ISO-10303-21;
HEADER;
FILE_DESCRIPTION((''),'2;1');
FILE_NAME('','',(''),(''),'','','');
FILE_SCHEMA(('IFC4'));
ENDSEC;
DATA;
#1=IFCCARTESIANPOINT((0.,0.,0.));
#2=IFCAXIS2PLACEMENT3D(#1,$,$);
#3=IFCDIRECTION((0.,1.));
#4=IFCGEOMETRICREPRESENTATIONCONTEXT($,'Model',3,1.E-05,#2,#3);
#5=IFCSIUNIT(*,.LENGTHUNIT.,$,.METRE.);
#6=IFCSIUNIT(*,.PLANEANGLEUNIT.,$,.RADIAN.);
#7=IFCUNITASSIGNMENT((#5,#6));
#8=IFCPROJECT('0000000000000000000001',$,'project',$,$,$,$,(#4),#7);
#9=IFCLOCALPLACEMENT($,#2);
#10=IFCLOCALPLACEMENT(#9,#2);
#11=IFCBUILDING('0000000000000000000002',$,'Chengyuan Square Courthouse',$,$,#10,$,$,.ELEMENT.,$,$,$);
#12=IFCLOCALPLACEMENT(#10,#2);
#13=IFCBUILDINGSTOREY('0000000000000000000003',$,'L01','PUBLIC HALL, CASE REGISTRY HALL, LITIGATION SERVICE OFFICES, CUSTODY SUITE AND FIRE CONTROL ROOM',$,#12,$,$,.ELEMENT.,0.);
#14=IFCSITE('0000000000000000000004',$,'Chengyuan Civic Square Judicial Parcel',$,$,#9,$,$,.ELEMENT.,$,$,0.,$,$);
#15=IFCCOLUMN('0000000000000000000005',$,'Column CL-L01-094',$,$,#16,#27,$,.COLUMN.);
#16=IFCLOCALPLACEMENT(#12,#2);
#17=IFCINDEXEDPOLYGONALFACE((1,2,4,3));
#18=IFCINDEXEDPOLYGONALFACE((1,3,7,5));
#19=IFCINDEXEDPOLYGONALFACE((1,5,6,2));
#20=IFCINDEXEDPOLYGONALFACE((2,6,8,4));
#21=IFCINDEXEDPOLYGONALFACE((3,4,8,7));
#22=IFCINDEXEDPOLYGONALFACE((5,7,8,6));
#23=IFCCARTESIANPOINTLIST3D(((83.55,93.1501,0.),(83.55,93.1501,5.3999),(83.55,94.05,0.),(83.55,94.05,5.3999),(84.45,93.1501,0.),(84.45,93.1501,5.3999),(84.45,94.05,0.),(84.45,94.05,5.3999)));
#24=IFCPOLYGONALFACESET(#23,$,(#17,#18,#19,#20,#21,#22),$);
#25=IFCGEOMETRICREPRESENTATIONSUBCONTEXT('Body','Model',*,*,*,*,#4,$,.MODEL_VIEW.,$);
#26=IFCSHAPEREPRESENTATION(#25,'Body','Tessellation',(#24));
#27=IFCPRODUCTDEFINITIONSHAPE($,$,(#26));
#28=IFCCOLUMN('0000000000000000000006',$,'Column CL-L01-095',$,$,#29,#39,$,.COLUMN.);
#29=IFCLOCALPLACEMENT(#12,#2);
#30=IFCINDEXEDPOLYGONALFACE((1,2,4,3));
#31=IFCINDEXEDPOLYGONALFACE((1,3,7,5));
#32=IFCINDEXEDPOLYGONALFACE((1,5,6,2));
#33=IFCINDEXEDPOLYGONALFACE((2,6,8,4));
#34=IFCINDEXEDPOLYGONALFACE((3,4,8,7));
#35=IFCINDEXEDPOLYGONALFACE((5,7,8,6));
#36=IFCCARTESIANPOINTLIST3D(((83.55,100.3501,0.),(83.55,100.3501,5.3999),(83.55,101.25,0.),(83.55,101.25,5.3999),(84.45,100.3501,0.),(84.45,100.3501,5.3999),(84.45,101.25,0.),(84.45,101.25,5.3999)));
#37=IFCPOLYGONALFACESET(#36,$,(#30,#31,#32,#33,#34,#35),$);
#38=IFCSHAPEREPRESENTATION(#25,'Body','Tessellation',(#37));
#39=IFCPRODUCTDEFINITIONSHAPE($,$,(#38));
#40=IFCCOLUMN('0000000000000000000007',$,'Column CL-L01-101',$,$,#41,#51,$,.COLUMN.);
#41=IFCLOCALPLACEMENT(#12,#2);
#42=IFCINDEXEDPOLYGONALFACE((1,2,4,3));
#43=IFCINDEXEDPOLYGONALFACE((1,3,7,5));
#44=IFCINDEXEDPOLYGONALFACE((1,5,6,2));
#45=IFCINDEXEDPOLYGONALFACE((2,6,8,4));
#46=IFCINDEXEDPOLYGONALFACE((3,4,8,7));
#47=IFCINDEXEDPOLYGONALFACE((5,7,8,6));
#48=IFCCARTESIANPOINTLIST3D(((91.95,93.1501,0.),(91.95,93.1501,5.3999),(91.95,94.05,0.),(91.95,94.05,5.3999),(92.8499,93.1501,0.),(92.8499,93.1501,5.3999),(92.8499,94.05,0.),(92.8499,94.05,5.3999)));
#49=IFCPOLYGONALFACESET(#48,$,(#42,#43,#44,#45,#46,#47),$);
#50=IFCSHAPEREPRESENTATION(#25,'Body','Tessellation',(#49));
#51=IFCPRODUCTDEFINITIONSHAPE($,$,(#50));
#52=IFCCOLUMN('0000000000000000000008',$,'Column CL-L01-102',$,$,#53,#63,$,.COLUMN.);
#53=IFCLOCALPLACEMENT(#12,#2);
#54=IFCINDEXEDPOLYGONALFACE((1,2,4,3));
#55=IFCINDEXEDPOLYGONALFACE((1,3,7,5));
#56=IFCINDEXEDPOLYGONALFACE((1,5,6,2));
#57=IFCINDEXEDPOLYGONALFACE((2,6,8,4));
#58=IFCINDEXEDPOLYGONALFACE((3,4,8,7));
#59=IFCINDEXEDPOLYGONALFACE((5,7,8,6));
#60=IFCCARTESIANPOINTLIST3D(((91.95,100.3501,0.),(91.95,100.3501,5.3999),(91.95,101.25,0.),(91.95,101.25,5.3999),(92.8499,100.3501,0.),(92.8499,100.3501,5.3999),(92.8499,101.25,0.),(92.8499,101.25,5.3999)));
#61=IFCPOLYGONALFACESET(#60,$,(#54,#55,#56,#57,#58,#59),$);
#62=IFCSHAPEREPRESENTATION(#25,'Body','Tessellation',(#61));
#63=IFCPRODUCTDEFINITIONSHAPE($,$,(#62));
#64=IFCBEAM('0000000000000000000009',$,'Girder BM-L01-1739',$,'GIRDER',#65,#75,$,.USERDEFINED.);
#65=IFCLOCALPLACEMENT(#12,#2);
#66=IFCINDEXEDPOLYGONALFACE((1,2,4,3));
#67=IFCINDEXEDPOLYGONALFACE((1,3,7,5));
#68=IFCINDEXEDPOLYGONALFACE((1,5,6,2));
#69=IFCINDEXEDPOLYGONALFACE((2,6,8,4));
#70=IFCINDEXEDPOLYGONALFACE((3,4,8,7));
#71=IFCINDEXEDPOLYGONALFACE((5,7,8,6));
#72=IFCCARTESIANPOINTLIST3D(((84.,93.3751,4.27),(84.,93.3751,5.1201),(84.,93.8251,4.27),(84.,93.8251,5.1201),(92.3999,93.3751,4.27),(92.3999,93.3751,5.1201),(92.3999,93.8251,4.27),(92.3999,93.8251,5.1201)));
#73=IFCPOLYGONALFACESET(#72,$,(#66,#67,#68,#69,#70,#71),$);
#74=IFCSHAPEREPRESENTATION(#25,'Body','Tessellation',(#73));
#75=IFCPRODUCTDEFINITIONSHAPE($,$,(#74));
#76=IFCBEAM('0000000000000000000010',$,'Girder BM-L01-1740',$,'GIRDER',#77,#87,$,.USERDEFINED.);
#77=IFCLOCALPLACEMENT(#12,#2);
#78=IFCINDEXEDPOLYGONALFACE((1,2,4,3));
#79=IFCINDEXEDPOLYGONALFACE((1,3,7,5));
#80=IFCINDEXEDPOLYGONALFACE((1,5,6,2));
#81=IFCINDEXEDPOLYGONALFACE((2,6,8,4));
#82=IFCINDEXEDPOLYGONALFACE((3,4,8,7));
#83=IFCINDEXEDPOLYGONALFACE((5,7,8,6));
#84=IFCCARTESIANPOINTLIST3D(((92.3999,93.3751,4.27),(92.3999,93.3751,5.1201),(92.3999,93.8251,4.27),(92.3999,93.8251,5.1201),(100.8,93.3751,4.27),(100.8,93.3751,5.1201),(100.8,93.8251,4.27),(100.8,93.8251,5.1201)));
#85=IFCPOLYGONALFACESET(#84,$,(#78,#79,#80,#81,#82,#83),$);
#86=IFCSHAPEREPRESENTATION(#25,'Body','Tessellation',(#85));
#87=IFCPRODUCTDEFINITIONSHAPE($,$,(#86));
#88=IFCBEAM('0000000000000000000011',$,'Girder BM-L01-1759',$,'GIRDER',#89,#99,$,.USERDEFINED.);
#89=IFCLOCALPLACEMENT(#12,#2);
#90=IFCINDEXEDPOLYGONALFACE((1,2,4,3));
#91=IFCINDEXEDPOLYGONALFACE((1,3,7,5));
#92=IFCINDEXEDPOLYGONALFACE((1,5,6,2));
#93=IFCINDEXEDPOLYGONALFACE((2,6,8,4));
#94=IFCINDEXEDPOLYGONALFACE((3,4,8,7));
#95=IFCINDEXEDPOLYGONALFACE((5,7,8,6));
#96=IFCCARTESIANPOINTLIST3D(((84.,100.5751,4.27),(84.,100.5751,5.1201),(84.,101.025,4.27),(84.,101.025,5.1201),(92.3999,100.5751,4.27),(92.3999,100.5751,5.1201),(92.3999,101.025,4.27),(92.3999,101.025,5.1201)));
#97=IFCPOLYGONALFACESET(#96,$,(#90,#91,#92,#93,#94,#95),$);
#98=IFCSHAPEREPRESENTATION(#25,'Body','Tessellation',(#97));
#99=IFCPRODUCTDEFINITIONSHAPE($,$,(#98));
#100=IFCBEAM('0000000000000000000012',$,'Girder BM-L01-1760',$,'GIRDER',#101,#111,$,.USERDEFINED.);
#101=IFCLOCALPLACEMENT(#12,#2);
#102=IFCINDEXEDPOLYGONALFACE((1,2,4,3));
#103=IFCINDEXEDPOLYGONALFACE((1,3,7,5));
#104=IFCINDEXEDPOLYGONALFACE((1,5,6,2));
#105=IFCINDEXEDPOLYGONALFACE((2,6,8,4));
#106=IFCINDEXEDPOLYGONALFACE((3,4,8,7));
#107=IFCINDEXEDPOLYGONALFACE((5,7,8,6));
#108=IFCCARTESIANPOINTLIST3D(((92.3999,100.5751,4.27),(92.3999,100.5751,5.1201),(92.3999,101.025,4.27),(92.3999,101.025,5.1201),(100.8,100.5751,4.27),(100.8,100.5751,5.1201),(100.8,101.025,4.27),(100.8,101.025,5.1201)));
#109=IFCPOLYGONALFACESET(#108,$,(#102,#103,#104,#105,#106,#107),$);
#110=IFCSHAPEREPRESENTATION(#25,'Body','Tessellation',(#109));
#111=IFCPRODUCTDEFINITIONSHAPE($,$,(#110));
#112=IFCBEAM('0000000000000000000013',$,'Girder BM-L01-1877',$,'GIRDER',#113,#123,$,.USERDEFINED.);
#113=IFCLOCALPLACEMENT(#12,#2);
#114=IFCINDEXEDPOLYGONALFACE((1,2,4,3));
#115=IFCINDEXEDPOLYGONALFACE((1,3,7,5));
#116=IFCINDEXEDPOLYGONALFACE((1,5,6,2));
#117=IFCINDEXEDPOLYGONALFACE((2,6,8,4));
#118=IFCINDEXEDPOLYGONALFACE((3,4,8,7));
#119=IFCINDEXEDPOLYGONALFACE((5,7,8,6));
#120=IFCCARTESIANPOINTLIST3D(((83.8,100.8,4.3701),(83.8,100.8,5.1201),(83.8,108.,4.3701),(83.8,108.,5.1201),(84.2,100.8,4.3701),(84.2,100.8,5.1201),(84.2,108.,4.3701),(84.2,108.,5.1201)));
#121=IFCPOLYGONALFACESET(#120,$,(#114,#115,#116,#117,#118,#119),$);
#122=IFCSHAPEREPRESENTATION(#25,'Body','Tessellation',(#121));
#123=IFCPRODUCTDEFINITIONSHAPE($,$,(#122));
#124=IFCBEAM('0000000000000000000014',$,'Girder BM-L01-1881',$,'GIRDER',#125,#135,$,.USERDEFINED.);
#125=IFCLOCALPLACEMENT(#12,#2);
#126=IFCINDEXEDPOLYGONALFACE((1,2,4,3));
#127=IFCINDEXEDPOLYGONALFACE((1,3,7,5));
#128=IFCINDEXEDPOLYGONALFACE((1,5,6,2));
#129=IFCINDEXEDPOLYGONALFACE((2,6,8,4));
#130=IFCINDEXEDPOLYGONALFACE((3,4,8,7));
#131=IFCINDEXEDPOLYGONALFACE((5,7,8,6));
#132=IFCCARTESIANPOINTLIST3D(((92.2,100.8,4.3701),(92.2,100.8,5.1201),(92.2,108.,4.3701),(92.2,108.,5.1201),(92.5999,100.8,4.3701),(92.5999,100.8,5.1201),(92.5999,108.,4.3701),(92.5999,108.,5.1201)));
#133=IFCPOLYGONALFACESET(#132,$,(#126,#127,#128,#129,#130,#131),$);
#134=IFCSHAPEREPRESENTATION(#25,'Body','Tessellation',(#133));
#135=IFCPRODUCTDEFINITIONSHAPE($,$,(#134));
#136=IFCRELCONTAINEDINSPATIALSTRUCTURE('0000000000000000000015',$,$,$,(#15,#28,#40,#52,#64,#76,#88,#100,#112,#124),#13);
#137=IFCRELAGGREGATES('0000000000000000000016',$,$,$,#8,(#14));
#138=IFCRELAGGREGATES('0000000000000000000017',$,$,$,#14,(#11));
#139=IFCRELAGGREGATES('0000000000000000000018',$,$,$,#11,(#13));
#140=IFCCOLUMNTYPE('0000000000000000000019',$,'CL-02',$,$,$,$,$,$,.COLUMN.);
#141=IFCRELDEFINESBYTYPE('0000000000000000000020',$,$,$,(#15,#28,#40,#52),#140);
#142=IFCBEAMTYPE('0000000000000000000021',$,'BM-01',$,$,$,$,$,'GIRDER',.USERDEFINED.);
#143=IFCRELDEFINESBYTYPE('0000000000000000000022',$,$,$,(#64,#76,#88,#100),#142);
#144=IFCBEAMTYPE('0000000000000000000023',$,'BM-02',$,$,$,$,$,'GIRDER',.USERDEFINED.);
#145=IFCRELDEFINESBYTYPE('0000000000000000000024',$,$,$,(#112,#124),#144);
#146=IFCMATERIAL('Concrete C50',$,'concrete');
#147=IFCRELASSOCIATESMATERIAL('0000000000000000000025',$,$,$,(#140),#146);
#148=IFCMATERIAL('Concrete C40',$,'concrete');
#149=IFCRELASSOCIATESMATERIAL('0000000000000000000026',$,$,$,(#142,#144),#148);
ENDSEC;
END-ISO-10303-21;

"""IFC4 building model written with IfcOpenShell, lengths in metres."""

from ifc_helpers import new_model, si_unit, direction, frame, origin, origin_2d, place, context, subcontext, project, spatial, rectangle, extrude, material, material_profile, profile_set, type_object, element, save


model = new_model("IFC4")

# Units and contexts
model_context = context("Model", 3, precision=1e-05, world=origin(), true_north=direction((0.0, 1.0)))
body_context = subcontext(model_context, "Body", "Model", "MODEL_VIEW")
ifc_project = project(units=[si_unit("LENGTHUNIT", "METRE"), si_unit("PLANEANGLEUNIT", "RADIAN")], contexts=[model_context])

# Site, building, storey
site_placement = place(None, origin())
site = spatial("IfcSite", under=ifc_project, at=site_placement, Name="Chengyuan Civic Square Judicial Parcel", CompositionType="ELEMENT", RefElevation=0.0)
building_placement = place(site_placement, origin())
building = spatial("IfcBuilding", under=site, at=building_placement, Name="Chengyuan Square Courthouse", CompositionType="ELEMENT")
storey_placement = place(building_placement, origin())
storey = spatial("IfcBuildingStorey", under=building, at=storey_placement, Name="L01", Description="PUBLIC HALL, CASE REGISTRY HALL, LITIGATION SERVICE OFFICES, CUSTODY SUITE AND FIRE CONTROL ROOM", CompositionType="ELEMENT", Elevation=0.0)

# Columns
ifc_material_1 = material(Name="Concrete C50", Category="concrete")
ifc_material_profile_1 = material_profile(ifc_material_1, rectangle(XDim=0.8999, YDim=0.8999, at=origin_2d()), Name="RC-COL-900x900")
ifc_profile_set_1 = profile_set([ifc_material_profile_1], Name="Concrete C50")
column_type = type_object("IfcColumnType", Name="CL-02", PredefinedType="COLUMN", material=ifc_profile_set_1)
for number, where, z_axis, x_axis, name in (
    (1, (84.0, 93.6001, 0.0), (0.0, 0.0, 1.0), (1.0, 0.0, 0.0), "Column CL-L01-094"),
    (2, (84.0, 100.8, 0.0), (0.0, 0.0, 1.0), (1.0, 0.0, 0.0), "Column CL-L01-095"),
    (3, (92.3999, 93.6001, 0.0), (0.0, 0.0, 1.0), (1.0, 0.0, 0.0), "Column CL-L01-101"),
    (4, (92.3999, 100.8, 0.0), (0.0, 0.0, 1.0), (1.0, 0.0, 0.0), "Column CL-L01-102"),
):
    element("IfcColumn", number, at=place(storey_placement, frame(where, z_axis=z_axis, x_axis=x_axis)), inside=storey, type_object=column_type, Name=name, PredefinedType="COLUMN", context=body_context, shape_type="SweptSolid", body=[
        extrude(rectangle(XDim=0.8999, YDim=0.8999, at=origin_2d()), origin(), (0.0, 0.0, 1.0), 5.3999),
    ])

# Beams
ifc_material_2 = material(Name="Concrete C40", Category="concrete")
ifc_material_profile_2 = material_profile(ifc_material_2, rectangle(XDim=0.45, YDim=0.8501, at=origin_2d()), Name="RC-BM-450x850")
ifc_profile_set_2 = profile_set([ifc_material_profile_2], Name="Concrete C40")
beam_type_1 = type_object("IfcBeamType", Name="BM-01", ElementType="GIRDER", PredefinedType="USERDEFINED", material=ifc_profile_set_2)
beam_1_placement = place(storey_placement, frame((84.0, 93.6001, 4.6951), z_axis=(1.0, 0.0, 0.0), x_axis=(0.0, 1.0, 0.0)))
element("IfcBeam", 5, at=beam_1_placement, inside=storey, type_object=beam_type_1, Name="Girder BM-L01-1739", ObjectType="GIRDER", PredefinedType="USERDEFINED", context=body_context, shape_type="SweptSolid", body=[
    extrude(rectangle(XDim=0.45, YDim=0.8501, at=origin_2d()), origin(), (0.0, 0.0, 1.0), 8.3999),
])
beam_2_placement = place(storey_placement, frame((92.3999, 93.6001, 4.6951), z_axis=(1.0, 0.0, 0.0), x_axis=(0.0, 1.0, 0.0)))
element("IfcBeam", 6, at=beam_2_placement, inside=storey, type_object=beam_type_1, Name="Girder BM-L01-1740", ObjectType="GIRDER", PredefinedType="USERDEFINED", context=body_context, shape_type="SweptSolid", body=[
    extrude(rectangle(XDim=0.45, YDim=0.8501, at=origin_2d()), origin(), (0.0, 0.0, 1.0), 8.4001),
])
beam_3_placement = place(storey_placement, frame((84.0, 100.8, 4.6951), z_axis=(1.0, 0.0, 0.0), x_axis=(0.0, 1.0, 0.0)))
element("IfcBeam", 7, at=beam_3_placement, inside=storey, type_object=beam_type_1, Name="Girder BM-L01-1759", ObjectType="GIRDER", PredefinedType="USERDEFINED", context=body_context, shape_type="SweptSolid", body=[
    extrude(rectangle(XDim=0.45, YDim=0.8501, at=origin_2d()), origin(), (0.0, 0.0, 1.0), 8.3999),
])
beam_4_placement = place(storey_placement, frame((92.3999, 100.8, 4.6951), z_axis=(1.0, 0.0, 0.0), x_axis=(0.0, 1.0, 0.0)))
element("IfcBeam", 8, at=beam_4_placement, inside=storey, type_object=beam_type_1, Name="Girder BM-L01-1760", ObjectType="GIRDER", PredefinedType="USERDEFINED", context=body_context, shape_type="SweptSolid", body=[
    extrude(rectangle(XDim=0.45, YDim=0.8501, at=origin_2d()), origin(), (0.0, 0.0, 1.0), 8.4001),
])
ifc_material_profile_3 = material_profile(ifc_material_2, rectangle(XDim=0.3999, YDim=0.75, at=origin_2d()), Name="RC-BM-400x750")
ifc_profile_set_3 = profile_set([ifc_material_profile_3], Name="Concrete C40")
beam_type_2 = type_object("IfcBeamType", Name="BM-02", ElementType="GIRDER", PredefinedType="USERDEFINED", material=ifc_profile_set_3)
for number, where, z_axis, x_axis, name in (
    (9, (84.0, 100.8, 4.7451), (0.0, 1.0, 0.0), (-1.0, 0.0, 0.0), "Girder BM-L01-1877"),
    (10, (92.3999, 100.8, 4.7451), (0.0, 1.0, 0.0), (-1.0, 0.0, 0.0), "Girder BM-L01-1881"),
):
    element("IfcBeam", number, at=place(storey_placement, frame(where, z_axis=z_axis, x_axis=x_axis)), inside=storey, type_object=beam_type_2, Name=name, ObjectType="GIRDER", PredefinedType="USERDEFINED", context=body_context, shape_type="SweptSolid", body=[
        extrude(rectangle(XDim=0.3999, YDim=0.75, at=origin_2d()), origin(), (0.0, 0.0, 1.0), 7.2),
    ])

save(model, "model.ifc")
